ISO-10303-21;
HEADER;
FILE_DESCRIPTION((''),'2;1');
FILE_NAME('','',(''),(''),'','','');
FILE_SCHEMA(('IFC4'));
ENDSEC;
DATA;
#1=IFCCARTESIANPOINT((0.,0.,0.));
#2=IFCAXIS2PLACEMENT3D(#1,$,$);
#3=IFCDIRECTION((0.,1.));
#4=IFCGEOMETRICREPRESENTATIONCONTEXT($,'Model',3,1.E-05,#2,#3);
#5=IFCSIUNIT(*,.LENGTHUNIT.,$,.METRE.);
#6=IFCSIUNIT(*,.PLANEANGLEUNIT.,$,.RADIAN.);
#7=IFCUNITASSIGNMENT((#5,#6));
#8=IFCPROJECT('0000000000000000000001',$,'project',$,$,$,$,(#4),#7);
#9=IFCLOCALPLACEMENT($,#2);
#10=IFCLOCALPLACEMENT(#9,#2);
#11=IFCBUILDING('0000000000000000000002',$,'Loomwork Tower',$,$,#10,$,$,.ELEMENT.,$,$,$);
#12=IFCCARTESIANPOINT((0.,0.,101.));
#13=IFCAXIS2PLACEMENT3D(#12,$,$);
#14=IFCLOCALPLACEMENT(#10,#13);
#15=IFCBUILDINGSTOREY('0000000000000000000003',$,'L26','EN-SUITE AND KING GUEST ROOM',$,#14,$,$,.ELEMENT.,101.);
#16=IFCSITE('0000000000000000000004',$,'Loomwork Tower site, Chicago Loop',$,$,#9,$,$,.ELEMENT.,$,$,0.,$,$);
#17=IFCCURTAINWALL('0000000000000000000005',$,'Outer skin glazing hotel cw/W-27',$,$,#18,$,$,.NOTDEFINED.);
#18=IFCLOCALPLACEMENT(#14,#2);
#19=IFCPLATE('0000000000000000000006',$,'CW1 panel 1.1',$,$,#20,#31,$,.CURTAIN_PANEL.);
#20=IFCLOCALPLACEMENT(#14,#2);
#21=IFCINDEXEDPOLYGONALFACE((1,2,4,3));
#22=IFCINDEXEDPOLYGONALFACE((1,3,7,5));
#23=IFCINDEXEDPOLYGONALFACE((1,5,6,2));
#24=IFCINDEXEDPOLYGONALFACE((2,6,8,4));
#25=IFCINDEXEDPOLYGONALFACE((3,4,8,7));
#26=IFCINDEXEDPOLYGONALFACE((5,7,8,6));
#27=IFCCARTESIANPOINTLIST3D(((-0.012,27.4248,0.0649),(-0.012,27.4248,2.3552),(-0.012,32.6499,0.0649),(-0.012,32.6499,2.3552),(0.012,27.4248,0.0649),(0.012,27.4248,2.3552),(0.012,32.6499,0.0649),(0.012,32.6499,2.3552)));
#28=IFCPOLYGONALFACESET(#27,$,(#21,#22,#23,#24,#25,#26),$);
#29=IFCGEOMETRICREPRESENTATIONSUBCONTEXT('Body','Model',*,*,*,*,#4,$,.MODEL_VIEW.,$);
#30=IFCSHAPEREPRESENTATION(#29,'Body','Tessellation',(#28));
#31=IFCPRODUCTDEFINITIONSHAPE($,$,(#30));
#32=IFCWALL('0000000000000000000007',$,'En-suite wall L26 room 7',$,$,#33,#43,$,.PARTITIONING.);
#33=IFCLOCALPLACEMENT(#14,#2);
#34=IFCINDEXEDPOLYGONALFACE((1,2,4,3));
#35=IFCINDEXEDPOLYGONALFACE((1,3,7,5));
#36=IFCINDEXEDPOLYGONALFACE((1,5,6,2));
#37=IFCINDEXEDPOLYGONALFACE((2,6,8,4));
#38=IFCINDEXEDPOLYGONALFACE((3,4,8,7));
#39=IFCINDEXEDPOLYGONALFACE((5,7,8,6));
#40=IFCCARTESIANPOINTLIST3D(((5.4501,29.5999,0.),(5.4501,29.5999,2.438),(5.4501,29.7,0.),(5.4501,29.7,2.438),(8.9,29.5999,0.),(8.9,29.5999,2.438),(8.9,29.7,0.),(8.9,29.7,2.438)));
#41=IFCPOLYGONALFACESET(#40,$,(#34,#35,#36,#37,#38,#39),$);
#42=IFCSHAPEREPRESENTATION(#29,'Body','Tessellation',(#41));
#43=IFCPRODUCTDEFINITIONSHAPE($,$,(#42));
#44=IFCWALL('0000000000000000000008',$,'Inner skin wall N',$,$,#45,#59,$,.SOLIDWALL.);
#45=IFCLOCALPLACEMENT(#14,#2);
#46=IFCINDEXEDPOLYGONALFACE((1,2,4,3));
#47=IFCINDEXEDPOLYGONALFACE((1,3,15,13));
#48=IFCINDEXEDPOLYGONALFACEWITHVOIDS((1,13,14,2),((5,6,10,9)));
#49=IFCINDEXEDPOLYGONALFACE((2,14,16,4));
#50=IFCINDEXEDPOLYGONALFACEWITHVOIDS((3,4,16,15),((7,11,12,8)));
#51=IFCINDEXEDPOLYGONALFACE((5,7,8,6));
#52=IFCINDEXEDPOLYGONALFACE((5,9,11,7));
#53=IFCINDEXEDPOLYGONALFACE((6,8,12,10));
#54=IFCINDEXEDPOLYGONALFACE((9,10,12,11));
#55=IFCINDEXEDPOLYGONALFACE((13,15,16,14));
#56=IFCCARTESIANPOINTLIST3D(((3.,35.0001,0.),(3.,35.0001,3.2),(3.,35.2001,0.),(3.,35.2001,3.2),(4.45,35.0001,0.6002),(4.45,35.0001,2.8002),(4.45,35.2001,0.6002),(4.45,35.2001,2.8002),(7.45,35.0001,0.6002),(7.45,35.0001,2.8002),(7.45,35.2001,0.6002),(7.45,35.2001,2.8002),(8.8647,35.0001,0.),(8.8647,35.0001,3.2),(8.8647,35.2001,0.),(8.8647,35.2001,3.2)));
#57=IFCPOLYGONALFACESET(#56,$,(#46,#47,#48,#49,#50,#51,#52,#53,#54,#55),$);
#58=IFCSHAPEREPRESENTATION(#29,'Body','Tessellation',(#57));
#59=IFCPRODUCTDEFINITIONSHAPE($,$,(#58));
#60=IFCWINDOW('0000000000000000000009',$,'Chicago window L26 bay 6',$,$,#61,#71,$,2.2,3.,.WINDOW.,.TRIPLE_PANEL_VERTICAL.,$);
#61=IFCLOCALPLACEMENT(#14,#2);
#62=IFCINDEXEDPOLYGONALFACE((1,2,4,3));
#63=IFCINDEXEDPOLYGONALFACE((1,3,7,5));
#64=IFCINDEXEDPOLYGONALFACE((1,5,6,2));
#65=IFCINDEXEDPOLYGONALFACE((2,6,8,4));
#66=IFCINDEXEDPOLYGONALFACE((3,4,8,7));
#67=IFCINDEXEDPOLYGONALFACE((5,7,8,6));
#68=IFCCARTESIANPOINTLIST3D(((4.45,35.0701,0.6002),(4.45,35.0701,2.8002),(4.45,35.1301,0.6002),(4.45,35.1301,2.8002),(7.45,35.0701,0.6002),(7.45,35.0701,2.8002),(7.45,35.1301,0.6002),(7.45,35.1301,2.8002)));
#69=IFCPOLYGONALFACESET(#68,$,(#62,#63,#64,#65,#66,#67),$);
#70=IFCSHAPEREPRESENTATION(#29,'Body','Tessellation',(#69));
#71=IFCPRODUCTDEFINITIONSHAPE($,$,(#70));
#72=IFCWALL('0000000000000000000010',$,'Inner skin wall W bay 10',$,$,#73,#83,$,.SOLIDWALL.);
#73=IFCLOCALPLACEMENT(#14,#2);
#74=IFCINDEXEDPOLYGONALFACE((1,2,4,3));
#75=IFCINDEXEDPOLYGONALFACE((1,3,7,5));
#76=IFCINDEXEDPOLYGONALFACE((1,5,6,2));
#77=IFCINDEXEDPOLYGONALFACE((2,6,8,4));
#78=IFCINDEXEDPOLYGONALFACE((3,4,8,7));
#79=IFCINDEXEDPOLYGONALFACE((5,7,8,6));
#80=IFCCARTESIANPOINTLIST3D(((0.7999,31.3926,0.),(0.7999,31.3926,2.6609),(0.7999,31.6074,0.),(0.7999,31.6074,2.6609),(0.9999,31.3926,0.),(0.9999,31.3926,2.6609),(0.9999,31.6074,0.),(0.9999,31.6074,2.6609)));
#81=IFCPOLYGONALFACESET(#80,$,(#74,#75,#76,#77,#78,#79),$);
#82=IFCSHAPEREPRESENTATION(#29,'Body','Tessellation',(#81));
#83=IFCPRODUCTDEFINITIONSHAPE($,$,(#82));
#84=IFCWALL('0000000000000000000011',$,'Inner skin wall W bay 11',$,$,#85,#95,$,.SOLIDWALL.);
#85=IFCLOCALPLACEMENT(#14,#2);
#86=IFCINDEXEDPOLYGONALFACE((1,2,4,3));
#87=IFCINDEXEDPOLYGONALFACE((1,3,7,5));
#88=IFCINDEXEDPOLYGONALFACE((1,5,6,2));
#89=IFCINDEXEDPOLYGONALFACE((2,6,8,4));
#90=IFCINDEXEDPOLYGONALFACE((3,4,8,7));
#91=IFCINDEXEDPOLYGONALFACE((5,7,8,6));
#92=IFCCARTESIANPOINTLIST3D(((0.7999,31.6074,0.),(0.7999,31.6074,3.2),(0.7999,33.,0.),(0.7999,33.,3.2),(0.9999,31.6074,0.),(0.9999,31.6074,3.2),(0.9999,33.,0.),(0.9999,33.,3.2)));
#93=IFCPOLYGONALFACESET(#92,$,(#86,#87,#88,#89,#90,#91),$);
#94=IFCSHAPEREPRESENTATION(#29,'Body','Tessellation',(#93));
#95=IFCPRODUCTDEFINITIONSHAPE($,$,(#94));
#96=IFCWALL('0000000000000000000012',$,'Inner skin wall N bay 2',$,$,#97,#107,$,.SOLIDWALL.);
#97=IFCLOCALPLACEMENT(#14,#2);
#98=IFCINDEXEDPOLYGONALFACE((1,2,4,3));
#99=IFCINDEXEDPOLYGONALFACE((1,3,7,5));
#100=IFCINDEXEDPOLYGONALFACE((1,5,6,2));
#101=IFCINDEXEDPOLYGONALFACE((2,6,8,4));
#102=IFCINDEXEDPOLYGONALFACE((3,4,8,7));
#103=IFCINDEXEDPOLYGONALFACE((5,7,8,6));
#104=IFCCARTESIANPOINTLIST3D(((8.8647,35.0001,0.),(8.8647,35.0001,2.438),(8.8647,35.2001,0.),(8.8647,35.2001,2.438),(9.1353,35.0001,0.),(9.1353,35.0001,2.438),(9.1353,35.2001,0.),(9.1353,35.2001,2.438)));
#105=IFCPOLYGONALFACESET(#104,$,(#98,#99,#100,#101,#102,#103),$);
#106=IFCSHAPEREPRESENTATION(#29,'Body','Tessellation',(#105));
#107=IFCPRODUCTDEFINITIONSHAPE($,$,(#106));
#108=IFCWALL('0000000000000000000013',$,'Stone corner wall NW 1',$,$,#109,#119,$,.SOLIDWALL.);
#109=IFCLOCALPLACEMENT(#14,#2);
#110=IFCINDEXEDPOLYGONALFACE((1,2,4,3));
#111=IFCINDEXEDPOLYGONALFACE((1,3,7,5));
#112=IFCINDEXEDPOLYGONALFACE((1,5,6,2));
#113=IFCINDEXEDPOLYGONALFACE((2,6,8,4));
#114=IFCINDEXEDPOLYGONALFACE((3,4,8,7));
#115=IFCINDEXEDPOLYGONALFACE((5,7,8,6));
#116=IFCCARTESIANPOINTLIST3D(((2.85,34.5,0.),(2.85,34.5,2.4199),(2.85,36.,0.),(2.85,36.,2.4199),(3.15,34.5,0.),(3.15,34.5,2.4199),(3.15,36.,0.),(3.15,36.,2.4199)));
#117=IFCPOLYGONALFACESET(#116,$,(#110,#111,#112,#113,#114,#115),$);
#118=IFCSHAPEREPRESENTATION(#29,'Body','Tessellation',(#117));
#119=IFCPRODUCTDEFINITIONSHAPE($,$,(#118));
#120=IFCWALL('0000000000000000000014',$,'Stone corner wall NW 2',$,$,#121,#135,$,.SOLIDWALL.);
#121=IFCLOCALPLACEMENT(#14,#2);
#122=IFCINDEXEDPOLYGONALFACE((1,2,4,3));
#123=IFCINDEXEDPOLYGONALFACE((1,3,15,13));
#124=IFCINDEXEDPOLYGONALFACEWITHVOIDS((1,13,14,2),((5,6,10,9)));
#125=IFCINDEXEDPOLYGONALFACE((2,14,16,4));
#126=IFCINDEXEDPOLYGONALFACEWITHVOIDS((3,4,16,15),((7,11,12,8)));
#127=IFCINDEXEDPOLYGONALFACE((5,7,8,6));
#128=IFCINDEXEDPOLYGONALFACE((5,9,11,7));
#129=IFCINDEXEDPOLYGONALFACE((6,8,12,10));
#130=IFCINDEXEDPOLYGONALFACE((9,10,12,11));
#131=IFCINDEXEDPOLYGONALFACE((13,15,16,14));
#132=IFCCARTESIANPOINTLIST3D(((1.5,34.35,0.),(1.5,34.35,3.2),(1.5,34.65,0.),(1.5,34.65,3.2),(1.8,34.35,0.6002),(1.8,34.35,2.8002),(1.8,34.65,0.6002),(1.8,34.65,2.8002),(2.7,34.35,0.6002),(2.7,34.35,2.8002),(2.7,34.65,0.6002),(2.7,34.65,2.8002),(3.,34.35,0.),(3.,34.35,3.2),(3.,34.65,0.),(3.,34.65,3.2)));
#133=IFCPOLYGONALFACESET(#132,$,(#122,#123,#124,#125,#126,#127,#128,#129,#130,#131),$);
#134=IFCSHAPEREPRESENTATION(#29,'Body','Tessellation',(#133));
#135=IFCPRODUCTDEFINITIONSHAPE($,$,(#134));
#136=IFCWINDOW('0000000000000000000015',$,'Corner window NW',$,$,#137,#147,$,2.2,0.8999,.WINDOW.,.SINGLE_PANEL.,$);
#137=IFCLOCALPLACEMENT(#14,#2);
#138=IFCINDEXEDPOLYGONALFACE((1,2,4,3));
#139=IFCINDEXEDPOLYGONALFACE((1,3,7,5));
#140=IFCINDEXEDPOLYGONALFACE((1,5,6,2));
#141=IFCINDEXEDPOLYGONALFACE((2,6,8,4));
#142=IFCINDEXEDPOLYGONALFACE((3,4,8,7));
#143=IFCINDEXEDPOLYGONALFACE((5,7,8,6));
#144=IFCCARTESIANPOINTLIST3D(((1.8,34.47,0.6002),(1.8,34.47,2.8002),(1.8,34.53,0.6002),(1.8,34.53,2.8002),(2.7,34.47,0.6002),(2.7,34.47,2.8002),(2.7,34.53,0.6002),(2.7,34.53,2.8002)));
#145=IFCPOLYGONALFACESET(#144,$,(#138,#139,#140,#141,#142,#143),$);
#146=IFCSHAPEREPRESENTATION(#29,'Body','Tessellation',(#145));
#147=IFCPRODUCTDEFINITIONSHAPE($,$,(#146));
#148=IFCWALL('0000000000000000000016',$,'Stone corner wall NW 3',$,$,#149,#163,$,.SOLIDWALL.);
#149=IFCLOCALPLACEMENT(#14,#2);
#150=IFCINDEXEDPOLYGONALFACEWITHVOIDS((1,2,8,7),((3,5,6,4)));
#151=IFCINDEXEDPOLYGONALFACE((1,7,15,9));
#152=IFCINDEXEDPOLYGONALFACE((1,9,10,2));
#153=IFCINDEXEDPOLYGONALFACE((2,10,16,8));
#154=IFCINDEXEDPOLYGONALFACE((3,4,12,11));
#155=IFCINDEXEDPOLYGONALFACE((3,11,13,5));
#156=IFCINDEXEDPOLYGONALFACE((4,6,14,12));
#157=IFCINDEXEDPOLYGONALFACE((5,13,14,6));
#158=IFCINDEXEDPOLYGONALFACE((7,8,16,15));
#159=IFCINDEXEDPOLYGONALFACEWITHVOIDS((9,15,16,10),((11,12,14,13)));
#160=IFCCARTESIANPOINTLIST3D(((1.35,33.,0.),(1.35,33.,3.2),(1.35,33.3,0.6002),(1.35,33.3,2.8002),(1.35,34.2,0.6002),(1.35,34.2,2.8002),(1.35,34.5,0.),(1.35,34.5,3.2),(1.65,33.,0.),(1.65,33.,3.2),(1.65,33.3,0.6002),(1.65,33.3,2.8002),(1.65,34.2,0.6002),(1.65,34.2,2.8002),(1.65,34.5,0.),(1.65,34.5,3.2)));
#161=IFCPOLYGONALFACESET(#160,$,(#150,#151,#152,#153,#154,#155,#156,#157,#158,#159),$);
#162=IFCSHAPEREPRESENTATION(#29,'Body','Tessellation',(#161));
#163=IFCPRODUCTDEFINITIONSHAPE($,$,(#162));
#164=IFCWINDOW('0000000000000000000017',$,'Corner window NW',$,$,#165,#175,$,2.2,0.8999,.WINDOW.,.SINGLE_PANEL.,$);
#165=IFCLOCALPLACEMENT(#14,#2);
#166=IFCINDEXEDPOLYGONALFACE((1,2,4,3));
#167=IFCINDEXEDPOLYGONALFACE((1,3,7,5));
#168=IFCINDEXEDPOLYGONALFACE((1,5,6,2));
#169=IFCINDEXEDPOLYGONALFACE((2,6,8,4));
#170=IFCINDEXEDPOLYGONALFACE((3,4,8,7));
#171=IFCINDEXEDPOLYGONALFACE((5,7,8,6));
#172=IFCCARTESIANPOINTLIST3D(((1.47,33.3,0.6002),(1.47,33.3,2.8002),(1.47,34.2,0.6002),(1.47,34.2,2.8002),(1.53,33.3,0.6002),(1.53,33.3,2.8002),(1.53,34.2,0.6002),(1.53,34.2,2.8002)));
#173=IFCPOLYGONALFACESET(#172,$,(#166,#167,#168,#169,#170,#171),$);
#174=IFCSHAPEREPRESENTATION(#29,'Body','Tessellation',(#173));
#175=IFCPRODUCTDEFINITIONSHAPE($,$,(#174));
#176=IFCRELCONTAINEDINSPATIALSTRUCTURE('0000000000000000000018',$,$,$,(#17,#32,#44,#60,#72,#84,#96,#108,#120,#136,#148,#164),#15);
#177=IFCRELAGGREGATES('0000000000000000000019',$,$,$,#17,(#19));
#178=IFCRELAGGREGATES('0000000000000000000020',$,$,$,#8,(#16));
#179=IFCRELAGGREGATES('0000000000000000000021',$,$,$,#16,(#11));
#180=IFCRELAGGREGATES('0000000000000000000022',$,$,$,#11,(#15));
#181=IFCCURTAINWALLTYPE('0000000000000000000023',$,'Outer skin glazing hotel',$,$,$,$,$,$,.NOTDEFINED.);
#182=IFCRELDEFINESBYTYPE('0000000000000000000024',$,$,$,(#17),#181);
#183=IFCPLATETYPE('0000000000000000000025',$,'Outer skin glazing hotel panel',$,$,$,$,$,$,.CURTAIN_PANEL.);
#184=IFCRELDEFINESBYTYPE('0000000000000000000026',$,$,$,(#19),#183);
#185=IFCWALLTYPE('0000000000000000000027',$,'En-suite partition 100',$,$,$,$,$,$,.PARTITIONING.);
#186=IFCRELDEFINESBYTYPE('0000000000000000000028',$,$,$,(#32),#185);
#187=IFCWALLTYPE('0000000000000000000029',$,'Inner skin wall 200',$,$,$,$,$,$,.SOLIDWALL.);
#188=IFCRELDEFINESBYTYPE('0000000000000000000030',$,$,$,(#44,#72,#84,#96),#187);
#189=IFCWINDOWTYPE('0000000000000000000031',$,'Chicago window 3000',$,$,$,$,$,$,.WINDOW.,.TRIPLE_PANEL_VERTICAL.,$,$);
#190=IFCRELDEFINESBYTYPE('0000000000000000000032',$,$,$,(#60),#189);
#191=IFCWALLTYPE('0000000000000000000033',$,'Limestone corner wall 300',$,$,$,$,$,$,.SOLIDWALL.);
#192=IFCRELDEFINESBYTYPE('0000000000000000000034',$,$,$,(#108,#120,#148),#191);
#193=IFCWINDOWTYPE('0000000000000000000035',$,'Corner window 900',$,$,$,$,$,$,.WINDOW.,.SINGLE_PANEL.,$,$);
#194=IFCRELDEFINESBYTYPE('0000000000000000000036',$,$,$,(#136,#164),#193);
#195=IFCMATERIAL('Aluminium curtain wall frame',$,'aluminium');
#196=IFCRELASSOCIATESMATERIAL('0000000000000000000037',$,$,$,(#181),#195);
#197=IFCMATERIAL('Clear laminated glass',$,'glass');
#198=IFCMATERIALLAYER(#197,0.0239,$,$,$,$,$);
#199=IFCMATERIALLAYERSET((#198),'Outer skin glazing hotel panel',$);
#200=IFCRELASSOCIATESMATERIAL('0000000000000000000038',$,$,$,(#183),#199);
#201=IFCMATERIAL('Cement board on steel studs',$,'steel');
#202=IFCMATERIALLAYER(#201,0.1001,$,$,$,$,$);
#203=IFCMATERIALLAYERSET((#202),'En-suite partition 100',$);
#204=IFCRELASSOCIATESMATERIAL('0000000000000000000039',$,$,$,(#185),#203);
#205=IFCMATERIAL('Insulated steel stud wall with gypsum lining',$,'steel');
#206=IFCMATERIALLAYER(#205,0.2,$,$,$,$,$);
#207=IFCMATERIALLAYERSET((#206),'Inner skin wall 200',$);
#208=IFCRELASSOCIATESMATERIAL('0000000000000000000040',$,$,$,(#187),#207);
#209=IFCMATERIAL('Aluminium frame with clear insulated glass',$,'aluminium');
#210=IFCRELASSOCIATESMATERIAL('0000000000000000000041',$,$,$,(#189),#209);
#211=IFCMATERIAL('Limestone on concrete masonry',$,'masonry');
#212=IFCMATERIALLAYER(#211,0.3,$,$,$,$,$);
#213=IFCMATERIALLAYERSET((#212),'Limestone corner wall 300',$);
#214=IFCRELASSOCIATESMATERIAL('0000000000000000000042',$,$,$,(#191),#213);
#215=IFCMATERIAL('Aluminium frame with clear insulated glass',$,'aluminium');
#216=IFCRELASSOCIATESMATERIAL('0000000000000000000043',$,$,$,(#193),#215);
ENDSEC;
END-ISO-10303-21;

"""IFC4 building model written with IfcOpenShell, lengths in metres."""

from ifc_helpers import new_model, si_unit, direction, frame, frame_2d, origin, origin_2d, place, context, subcontext, project, spatial, rectangle, extrude, material, layer, layer_set, type_object, element, fill, aggregate, save


model = new_model("IFC4")

# Units and contexts
model_context = context("Model", 3, precision=1e-05, world=origin(), true_north=direction((0.0, 1.0)))
body_context = subcontext(model_context, "Body", "Model", "MODEL_VIEW")
ifc_project = project(units=[si_unit("LENGTHUNIT", "METRE"), si_unit("PLANEANGLEUNIT", "RADIAN")], contexts=[model_context])

# Site, building, storey
site_placement = place(None, origin())
site = spatial("IfcSite", under=ifc_project, at=site_placement, Name="Loomwork Tower site, Chicago Loop", CompositionType="ELEMENT", RefElevation=0.0)
building_placement = place(site_placement, origin())
building = spatial("IfcBuilding", under=site, at=building_placement, Name="Loomwork Tower", CompositionType="ELEMENT")
storey_placement = place(building_placement, frame((0.0, 0.0, 101.0)))
storey = spatial("IfcBuildingStorey", under=building, at=storey_placement, Name="L26", Description="EN-SUITE AND KING GUEST ROOM", CompositionType="ELEMENT", Elevation=101.0)

# Curtain wall
ifc_material_1 = material(Name="Aluminium curtain wall frame", Category="aluminium")
curtain_wall_type = type_object("IfcCurtainWallType", Name="Outer skin glazing hotel", PredefinedType="NOTDEFINED", material=ifc_material_1)
curtain_wall_1_placement = place(storey_placement, origin())
curtain_wall_1 = element("IfcCurtainWall", 1, at=curtain_wall_1_placement, inside=storey, type_object=curtain_wall_type, Name="Outer skin glazing hotel cw/W-27", PredefinedType="NOTDEFINED")

# Plate
ifc_material_2 = material(Name="Clear laminated glass", Category="glass")
ifc_layer_1 = layer(ifc_material_2, 0.0239)
ifc_layer_set_1 = layer_set([ifc_layer_1], Name="Outer skin glazing hotel panel")
plate_type = type_object("IfcPlateType", Name="Outer skin glazing hotel panel", PredefinedType="CURTAIN_PANEL", material=ifc_layer_set_1)
plate_1_placement = place(storey_placement, frame((0.0, 30.0374, 0.0649), z_axis=(0.0, 0.0, 1.0), x_axis=(0.0, -1.0, 0.0)))
plate_1 = element("IfcPlate", 2, at=plate_1_placement, type_object=plate_type, Name="CW1 panel 1.1", PredefinedType="CURTAIN_PANEL", context=body_context, shape_type="SweptSolid", body=[
    extrude(rectangle(XDim=5.2251, YDim=0.0239, at=origin_2d()), origin(), (0.0, 0.0, 1.0), 2.2903),
])
aggregate(curtain_wall_1, [plate_1])

# Wall
ifc_material_3 = material(Name="Cement board on steel studs", Category="steel")
ifc_layer_2 = layer(ifc_material_3, 0.1001)
ifc_layer_set_2 = layer_set([ifc_layer_2], Name="En-suite partition 100")
wall_type_1 = type_object("IfcWallType", Name="En-suite partition 100", PredefinedType="PARTITIONING", material=ifc_layer_set_2)
wall_1_placement = place(storey_placement, frame((5.45, 29.6499, 0.0), z_axis=(0.0, 0.0, 1.0), x_axis=(1.0, 0.0, 0.0)))
element("IfcWall", 3, at=wall_1_placement, inside=storey, type_object=wall_type_1, Name="En-suite wall L26 room 7", PredefinedType="PARTITIONING", context=body_context, shape_type="SweptSolid", body=[
    extrude(rectangle(XDim=3.45, YDim=0.1001, at=frame_2d((1.7251, 0.0))), origin(), (0.0, 0.0, 1.0), 2.438),
])

# Wall, opening, window
ifc_material_4 = material(Name="Insulated steel stud wall with gypsum lining", Category="steel")
ifc_layer_3 = layer(ifc_material_4, 0.2)
ifc_layer_set_3 = layer_set([ifc_layer_3], Name="Inner skin wall 200")
wall_type_2 = type_object("IfcWallType", Name="Inner skin wall 200", PredefinedType="SOLIDWALL", material=ifc_layer_set_3)
wall_2_placement = place(storey_placement, frame((3.0, 35.1001, 0.0), z_axis=(0.0, 0.0, 1.0), x_axis=(1.0, 0.0, 0.0)))
wall_2 = element("IfcWall", 4, at=wall_2_placement, inside=storey, type_object=wall_type_2, Name="Inner skin wall N", PredefinedType="SOLIDWALL", context=body_context, shape_type="SweptSolid", body=[
    extrude(rectangle(XDim=5.8647, YDim=0.2, at=frame_2d((2.9324, 0.0))), origin(), (0.0, 0.0, 1.0), 3.2),
])
opening_1_placement = place(wall_2_placement, frame((1.45, 0.0, 0.6001)))
opening_1 = element("IfcOpeningElement", 5, at=opening_1_placement, cuts=wall_2, PredefinedType="OPENING", context=body_context, shape_type="SweptSolid", body=[
    extrude(rectangle(XDim=3.0, YDim=2.2, at=frame_2d((1.5, 1.1001))), frame((0.0, 0.1099, 0.0), z_axis=(0.0, -1.0, 0.0), x_axis=(1.0, 0.0, 0.0)), (0.0, 0.0, 1.0), 0.22),
])
ifc_material_5 = material(Name="Aluminium frame with clear insulated glass", Category="aluminium")
window_type_1 = type_object("IfcWindowType", Name="Chicago window 3000", PartitioningType="TRIPLE_PANEL_VERTICAL", PredefinedType="WINDOW", material=ifc_material_5)
window_1_placement = place(opening_1_placement, origin())
window_1 = element("IfcWindow", 6, at=window_1_placement, inside=storey, type_object=window_type_1, Name="Chicago window L26 bay 6", OverallHeight=2.2, OverallWidth=3.0, PartitioningType="TRIPLE_PANEL_VERTICAL", PredefinedType="WINDOW", context=body_context, shape_type="SweptSolid", body=[
    extrude(rectangle(XDim=3.0, YDim=2.2, at=frame_2d((1.5, 1.1001))), frame((0.0, 0.03, 0.0), z_axis=(0.0, -1.0, 0.0), x_axis=(1.0, 0.0, 0.0)), (0.0, 0.0, 1.0), 0.0601),
])
fill(opening_1, window_1)

# Walls
wall_3_placement = place(storey_placement, frame((0.8999, 31.3926, 0.0), z_axis=(0.0, 0.0, 1.0), x_axis=(0.0, 1.0, 0.0)))
element("IfcWall", 7, at=wall_3_placement, inside=storey, type_object=wall_type_2, Name="Inner skin wall W bay 10", PredefinedType="SOLIDWALL", context=body_context, shape_type="SweptSolid", body=[
    extrude(rectangle(XDim=0.2148, YDim=0.2, at=frame_2d((0.1074, 0.0))), origin(), (0.0, 0.0, 1.0), 2.6609),
])
wall_4_placement = place(storey_placement, frame((0.8999, 31.6074, 0.0), z_axis=(0.0, 0.0, 1.0), x_axis=(0.0, 1.0, 0.0)))
element("IfcWall", 8, at=wall_4_placement, inside=storey, type_object=wall_type_2, Name="Inner skin wall W bay 11", PredefinedType="SOLIDWALL", context=body_context, shape_type="SweptSolid", body=[
    extrude(rectangle(XDim=1.3926, YDim=0.2, at=frame_2d((0.6963, 0.0))), origin(), (0.0, 0.0, 1.0), 3.2),
])
wall_5_placement = place(storey_placement, frame((8.8647, 35.1001, 0.0), z_axis=(0.0, 0.0, 1.0), x_axis=(1.0, 0.0, 0.0)))
element("IfcWall", 9, at=wall_5_placement, inside=storey, type_object=wall_type_2, Name="Inner skin wall N bay 2", PredefinedType="SOLIDWALL", context=body_context, shape_type="SweptSolid", body=[
    extrude(rectangle(XDim=0.2705, YDim=0.2, at=frame_2d((0.1353, 0.0))), origin(), (0.0, 0.0, 1.0), 2.438),
])
ifc_material_6 = material(Name="Limestone on concrete masonry", Category="masonry")
ifc_layer_4 = layer(ifc_material_6, 0.3)
ifc_layer_set_4 = layer_set([ifc_layer_4], Name="Limestone corner wall 300")
wall_type_3 = type_object("IfcWallType", Name="Limestone corner wall 300", PredefinedType="SOLIDWALL", material=ifc_layer_set_4)
wall_6_placement = place(storey_placement, frame((3.0, 36.0, 0.0), z_axis=(0.0, 0.0, 1.0), x_axis=(0.0, -1.0, 0.0)))
element("IfcWall", 10, at=wall_6_placement, inside=storey, type_object=wall_type_3, Name="Stone corner wall NW 1", PredefinedType="SOLIDWALL", context=body_context, shape_type="SweptSolid", body=[
    extrude(rectangle(XDim=1.5, YDim=0.3, at=frame_2d((0.75, 0.0))), origin(), (0.0, 0.0, 1.0), 2.4199),
])

# Walls, openings, windows
wall_7_placement = place(storey_placement, frame((3.0, 34.5, 0.0), z_axis=(0.0, 0.0, 1.0), x_axis=(-1.0, 0.0, 0.0)))
wall_7 = element("IfcWall", 11, at=wall_7_placement, inside=storey, type_object=wall_type_3, Name="Stone corner wall NW 2", PredefinedType="SOLIDWALL", context=body_context, shape_type="SweptSolid", body=[
    extrude(rectangle(XDim=1.5, YDim=0.3, at=frame_2d((0.75, 0.0))), origin(), (0.0, 0.0, 1.0), 3.2),
])
opening_2_placement = place(wall_7_placement, frame((0.3, 0.0, 0.6001)))
opening_2 = element("IfcOpeningElement", 12, at=opening_2_placement, cuts=wall_7, PredefinedType="OPENING", context=body_context, shape_type="SweptSolid", body=[
    extrude(rectangle(XDim=0.8999, YDim=2.2, at=frame_2d((0.45, 1.1001))), frame((0.0, 0.1599, 0.0), z_axis=(0.0, -1.0, 0.0), x_axis=(1.0, 0.0, 0.0)), (0.0, 0.0, 1.0), 0.3201),
])
ifc_material_7 = material(Name="Aluminium frame with clear insulated glass", Category="aluminium")
window_type_2 = type_object("IfcWindowType", Name="Corner window 900", PartitioningType="SINGLE_PANEL", PredefinedType="WINDOW", material=ifc_material_7)
window_2_placement = place(opening_2_placement, origin())
window_2 = element("IfcWindow", 13, at=window_2_placement, inside=storey, type_object=window_type_2, Name="Corner window NW", OverallHeight=2.2, OverallWidth=0.8999, PartitioningType="SINGLE_PANEL", PredefinedType="WINDOW", context=body_context, shape_type="SweptSolid", body=[
    extrude(rectangle(XDim=0.8999, YDim=2.2, at=frame_2d((0.45, 1.1001))), frame((0.0, 0.03, 0.0), z_axis=(0.0, -1.0, 0.0), x_axis=(1.0, 0.0, 0.0)), (0.0, 0.0, 1.0), 0.0601),
])
fill(opening_2, window_2)
wall_8_placement = place(storey_placement, frame((1.5, 34.5, 0.0), z_axis=(0.0, 0.0, 1.0), x_axis=(0.0, -1.0, 0.0)))
wall_8 = element("IfcWall", 14, at=wall_8_placement, inside=storey, type_object=wall_type_3, Name="Stone corner wall NW 3", PredefinedType="SOLIDWALL", context=body_context, shape_type="SweptSolid", body=[
    extrude(rectangle(XDim=1.5, YDim=0.3, at=frame_2d((0.75, 0.0))), origin(), (0.0, 0.0, 1.0), 3.2),
])
opening_3_placement = place(wall_8_placement, frame((0.3, 0.0, 0.6001)))
opening_3 = element("IfcOpeningElement", 15, at=opening_3_placement, cuts=wall_8, PredefinedType="OPENING", context=body_context, shape_type="SweptSolid", body=[
    extrude(rectangle(XDim=0.8999, YDim=2.2, at=frame_2d((0.45, 1.1001))), frame((0.0, 0.1599, 0.0), z_axis=(0.0, -1.0, 0.0), x_axis=(1.0, 0.0, 0.0)), (0.0, 0.0, 1.0), 0.3201),
])
window_3_placement = place(opening_3_placement, origin())
window_3 = element("IfcWindow", 16, at=window_3_placement, inside=storey, type_object=window_type_2, Name="Corner window NW", OverallHeight=2.2, OverallWidth=0.8999, PartitioningType="SINGLE_PANEL", PredefinedType="WINDOW", context=body_context, shape_type="SweptSolid", body=[
    extrude(rectangle(XDim=0.8999, YDim=2.2, at=frame_2d((0.45, 1.1001))), frame((0.0, 0.03, 0.0), z_axis=(0.0, -1.0, 0.0), x_axis=(1.0, 0.0, 0.0)), (0.0, 0.0, 1.0), 0.0601),
])
fill(opening_3, window_3)

save(model, "model.ifc")
